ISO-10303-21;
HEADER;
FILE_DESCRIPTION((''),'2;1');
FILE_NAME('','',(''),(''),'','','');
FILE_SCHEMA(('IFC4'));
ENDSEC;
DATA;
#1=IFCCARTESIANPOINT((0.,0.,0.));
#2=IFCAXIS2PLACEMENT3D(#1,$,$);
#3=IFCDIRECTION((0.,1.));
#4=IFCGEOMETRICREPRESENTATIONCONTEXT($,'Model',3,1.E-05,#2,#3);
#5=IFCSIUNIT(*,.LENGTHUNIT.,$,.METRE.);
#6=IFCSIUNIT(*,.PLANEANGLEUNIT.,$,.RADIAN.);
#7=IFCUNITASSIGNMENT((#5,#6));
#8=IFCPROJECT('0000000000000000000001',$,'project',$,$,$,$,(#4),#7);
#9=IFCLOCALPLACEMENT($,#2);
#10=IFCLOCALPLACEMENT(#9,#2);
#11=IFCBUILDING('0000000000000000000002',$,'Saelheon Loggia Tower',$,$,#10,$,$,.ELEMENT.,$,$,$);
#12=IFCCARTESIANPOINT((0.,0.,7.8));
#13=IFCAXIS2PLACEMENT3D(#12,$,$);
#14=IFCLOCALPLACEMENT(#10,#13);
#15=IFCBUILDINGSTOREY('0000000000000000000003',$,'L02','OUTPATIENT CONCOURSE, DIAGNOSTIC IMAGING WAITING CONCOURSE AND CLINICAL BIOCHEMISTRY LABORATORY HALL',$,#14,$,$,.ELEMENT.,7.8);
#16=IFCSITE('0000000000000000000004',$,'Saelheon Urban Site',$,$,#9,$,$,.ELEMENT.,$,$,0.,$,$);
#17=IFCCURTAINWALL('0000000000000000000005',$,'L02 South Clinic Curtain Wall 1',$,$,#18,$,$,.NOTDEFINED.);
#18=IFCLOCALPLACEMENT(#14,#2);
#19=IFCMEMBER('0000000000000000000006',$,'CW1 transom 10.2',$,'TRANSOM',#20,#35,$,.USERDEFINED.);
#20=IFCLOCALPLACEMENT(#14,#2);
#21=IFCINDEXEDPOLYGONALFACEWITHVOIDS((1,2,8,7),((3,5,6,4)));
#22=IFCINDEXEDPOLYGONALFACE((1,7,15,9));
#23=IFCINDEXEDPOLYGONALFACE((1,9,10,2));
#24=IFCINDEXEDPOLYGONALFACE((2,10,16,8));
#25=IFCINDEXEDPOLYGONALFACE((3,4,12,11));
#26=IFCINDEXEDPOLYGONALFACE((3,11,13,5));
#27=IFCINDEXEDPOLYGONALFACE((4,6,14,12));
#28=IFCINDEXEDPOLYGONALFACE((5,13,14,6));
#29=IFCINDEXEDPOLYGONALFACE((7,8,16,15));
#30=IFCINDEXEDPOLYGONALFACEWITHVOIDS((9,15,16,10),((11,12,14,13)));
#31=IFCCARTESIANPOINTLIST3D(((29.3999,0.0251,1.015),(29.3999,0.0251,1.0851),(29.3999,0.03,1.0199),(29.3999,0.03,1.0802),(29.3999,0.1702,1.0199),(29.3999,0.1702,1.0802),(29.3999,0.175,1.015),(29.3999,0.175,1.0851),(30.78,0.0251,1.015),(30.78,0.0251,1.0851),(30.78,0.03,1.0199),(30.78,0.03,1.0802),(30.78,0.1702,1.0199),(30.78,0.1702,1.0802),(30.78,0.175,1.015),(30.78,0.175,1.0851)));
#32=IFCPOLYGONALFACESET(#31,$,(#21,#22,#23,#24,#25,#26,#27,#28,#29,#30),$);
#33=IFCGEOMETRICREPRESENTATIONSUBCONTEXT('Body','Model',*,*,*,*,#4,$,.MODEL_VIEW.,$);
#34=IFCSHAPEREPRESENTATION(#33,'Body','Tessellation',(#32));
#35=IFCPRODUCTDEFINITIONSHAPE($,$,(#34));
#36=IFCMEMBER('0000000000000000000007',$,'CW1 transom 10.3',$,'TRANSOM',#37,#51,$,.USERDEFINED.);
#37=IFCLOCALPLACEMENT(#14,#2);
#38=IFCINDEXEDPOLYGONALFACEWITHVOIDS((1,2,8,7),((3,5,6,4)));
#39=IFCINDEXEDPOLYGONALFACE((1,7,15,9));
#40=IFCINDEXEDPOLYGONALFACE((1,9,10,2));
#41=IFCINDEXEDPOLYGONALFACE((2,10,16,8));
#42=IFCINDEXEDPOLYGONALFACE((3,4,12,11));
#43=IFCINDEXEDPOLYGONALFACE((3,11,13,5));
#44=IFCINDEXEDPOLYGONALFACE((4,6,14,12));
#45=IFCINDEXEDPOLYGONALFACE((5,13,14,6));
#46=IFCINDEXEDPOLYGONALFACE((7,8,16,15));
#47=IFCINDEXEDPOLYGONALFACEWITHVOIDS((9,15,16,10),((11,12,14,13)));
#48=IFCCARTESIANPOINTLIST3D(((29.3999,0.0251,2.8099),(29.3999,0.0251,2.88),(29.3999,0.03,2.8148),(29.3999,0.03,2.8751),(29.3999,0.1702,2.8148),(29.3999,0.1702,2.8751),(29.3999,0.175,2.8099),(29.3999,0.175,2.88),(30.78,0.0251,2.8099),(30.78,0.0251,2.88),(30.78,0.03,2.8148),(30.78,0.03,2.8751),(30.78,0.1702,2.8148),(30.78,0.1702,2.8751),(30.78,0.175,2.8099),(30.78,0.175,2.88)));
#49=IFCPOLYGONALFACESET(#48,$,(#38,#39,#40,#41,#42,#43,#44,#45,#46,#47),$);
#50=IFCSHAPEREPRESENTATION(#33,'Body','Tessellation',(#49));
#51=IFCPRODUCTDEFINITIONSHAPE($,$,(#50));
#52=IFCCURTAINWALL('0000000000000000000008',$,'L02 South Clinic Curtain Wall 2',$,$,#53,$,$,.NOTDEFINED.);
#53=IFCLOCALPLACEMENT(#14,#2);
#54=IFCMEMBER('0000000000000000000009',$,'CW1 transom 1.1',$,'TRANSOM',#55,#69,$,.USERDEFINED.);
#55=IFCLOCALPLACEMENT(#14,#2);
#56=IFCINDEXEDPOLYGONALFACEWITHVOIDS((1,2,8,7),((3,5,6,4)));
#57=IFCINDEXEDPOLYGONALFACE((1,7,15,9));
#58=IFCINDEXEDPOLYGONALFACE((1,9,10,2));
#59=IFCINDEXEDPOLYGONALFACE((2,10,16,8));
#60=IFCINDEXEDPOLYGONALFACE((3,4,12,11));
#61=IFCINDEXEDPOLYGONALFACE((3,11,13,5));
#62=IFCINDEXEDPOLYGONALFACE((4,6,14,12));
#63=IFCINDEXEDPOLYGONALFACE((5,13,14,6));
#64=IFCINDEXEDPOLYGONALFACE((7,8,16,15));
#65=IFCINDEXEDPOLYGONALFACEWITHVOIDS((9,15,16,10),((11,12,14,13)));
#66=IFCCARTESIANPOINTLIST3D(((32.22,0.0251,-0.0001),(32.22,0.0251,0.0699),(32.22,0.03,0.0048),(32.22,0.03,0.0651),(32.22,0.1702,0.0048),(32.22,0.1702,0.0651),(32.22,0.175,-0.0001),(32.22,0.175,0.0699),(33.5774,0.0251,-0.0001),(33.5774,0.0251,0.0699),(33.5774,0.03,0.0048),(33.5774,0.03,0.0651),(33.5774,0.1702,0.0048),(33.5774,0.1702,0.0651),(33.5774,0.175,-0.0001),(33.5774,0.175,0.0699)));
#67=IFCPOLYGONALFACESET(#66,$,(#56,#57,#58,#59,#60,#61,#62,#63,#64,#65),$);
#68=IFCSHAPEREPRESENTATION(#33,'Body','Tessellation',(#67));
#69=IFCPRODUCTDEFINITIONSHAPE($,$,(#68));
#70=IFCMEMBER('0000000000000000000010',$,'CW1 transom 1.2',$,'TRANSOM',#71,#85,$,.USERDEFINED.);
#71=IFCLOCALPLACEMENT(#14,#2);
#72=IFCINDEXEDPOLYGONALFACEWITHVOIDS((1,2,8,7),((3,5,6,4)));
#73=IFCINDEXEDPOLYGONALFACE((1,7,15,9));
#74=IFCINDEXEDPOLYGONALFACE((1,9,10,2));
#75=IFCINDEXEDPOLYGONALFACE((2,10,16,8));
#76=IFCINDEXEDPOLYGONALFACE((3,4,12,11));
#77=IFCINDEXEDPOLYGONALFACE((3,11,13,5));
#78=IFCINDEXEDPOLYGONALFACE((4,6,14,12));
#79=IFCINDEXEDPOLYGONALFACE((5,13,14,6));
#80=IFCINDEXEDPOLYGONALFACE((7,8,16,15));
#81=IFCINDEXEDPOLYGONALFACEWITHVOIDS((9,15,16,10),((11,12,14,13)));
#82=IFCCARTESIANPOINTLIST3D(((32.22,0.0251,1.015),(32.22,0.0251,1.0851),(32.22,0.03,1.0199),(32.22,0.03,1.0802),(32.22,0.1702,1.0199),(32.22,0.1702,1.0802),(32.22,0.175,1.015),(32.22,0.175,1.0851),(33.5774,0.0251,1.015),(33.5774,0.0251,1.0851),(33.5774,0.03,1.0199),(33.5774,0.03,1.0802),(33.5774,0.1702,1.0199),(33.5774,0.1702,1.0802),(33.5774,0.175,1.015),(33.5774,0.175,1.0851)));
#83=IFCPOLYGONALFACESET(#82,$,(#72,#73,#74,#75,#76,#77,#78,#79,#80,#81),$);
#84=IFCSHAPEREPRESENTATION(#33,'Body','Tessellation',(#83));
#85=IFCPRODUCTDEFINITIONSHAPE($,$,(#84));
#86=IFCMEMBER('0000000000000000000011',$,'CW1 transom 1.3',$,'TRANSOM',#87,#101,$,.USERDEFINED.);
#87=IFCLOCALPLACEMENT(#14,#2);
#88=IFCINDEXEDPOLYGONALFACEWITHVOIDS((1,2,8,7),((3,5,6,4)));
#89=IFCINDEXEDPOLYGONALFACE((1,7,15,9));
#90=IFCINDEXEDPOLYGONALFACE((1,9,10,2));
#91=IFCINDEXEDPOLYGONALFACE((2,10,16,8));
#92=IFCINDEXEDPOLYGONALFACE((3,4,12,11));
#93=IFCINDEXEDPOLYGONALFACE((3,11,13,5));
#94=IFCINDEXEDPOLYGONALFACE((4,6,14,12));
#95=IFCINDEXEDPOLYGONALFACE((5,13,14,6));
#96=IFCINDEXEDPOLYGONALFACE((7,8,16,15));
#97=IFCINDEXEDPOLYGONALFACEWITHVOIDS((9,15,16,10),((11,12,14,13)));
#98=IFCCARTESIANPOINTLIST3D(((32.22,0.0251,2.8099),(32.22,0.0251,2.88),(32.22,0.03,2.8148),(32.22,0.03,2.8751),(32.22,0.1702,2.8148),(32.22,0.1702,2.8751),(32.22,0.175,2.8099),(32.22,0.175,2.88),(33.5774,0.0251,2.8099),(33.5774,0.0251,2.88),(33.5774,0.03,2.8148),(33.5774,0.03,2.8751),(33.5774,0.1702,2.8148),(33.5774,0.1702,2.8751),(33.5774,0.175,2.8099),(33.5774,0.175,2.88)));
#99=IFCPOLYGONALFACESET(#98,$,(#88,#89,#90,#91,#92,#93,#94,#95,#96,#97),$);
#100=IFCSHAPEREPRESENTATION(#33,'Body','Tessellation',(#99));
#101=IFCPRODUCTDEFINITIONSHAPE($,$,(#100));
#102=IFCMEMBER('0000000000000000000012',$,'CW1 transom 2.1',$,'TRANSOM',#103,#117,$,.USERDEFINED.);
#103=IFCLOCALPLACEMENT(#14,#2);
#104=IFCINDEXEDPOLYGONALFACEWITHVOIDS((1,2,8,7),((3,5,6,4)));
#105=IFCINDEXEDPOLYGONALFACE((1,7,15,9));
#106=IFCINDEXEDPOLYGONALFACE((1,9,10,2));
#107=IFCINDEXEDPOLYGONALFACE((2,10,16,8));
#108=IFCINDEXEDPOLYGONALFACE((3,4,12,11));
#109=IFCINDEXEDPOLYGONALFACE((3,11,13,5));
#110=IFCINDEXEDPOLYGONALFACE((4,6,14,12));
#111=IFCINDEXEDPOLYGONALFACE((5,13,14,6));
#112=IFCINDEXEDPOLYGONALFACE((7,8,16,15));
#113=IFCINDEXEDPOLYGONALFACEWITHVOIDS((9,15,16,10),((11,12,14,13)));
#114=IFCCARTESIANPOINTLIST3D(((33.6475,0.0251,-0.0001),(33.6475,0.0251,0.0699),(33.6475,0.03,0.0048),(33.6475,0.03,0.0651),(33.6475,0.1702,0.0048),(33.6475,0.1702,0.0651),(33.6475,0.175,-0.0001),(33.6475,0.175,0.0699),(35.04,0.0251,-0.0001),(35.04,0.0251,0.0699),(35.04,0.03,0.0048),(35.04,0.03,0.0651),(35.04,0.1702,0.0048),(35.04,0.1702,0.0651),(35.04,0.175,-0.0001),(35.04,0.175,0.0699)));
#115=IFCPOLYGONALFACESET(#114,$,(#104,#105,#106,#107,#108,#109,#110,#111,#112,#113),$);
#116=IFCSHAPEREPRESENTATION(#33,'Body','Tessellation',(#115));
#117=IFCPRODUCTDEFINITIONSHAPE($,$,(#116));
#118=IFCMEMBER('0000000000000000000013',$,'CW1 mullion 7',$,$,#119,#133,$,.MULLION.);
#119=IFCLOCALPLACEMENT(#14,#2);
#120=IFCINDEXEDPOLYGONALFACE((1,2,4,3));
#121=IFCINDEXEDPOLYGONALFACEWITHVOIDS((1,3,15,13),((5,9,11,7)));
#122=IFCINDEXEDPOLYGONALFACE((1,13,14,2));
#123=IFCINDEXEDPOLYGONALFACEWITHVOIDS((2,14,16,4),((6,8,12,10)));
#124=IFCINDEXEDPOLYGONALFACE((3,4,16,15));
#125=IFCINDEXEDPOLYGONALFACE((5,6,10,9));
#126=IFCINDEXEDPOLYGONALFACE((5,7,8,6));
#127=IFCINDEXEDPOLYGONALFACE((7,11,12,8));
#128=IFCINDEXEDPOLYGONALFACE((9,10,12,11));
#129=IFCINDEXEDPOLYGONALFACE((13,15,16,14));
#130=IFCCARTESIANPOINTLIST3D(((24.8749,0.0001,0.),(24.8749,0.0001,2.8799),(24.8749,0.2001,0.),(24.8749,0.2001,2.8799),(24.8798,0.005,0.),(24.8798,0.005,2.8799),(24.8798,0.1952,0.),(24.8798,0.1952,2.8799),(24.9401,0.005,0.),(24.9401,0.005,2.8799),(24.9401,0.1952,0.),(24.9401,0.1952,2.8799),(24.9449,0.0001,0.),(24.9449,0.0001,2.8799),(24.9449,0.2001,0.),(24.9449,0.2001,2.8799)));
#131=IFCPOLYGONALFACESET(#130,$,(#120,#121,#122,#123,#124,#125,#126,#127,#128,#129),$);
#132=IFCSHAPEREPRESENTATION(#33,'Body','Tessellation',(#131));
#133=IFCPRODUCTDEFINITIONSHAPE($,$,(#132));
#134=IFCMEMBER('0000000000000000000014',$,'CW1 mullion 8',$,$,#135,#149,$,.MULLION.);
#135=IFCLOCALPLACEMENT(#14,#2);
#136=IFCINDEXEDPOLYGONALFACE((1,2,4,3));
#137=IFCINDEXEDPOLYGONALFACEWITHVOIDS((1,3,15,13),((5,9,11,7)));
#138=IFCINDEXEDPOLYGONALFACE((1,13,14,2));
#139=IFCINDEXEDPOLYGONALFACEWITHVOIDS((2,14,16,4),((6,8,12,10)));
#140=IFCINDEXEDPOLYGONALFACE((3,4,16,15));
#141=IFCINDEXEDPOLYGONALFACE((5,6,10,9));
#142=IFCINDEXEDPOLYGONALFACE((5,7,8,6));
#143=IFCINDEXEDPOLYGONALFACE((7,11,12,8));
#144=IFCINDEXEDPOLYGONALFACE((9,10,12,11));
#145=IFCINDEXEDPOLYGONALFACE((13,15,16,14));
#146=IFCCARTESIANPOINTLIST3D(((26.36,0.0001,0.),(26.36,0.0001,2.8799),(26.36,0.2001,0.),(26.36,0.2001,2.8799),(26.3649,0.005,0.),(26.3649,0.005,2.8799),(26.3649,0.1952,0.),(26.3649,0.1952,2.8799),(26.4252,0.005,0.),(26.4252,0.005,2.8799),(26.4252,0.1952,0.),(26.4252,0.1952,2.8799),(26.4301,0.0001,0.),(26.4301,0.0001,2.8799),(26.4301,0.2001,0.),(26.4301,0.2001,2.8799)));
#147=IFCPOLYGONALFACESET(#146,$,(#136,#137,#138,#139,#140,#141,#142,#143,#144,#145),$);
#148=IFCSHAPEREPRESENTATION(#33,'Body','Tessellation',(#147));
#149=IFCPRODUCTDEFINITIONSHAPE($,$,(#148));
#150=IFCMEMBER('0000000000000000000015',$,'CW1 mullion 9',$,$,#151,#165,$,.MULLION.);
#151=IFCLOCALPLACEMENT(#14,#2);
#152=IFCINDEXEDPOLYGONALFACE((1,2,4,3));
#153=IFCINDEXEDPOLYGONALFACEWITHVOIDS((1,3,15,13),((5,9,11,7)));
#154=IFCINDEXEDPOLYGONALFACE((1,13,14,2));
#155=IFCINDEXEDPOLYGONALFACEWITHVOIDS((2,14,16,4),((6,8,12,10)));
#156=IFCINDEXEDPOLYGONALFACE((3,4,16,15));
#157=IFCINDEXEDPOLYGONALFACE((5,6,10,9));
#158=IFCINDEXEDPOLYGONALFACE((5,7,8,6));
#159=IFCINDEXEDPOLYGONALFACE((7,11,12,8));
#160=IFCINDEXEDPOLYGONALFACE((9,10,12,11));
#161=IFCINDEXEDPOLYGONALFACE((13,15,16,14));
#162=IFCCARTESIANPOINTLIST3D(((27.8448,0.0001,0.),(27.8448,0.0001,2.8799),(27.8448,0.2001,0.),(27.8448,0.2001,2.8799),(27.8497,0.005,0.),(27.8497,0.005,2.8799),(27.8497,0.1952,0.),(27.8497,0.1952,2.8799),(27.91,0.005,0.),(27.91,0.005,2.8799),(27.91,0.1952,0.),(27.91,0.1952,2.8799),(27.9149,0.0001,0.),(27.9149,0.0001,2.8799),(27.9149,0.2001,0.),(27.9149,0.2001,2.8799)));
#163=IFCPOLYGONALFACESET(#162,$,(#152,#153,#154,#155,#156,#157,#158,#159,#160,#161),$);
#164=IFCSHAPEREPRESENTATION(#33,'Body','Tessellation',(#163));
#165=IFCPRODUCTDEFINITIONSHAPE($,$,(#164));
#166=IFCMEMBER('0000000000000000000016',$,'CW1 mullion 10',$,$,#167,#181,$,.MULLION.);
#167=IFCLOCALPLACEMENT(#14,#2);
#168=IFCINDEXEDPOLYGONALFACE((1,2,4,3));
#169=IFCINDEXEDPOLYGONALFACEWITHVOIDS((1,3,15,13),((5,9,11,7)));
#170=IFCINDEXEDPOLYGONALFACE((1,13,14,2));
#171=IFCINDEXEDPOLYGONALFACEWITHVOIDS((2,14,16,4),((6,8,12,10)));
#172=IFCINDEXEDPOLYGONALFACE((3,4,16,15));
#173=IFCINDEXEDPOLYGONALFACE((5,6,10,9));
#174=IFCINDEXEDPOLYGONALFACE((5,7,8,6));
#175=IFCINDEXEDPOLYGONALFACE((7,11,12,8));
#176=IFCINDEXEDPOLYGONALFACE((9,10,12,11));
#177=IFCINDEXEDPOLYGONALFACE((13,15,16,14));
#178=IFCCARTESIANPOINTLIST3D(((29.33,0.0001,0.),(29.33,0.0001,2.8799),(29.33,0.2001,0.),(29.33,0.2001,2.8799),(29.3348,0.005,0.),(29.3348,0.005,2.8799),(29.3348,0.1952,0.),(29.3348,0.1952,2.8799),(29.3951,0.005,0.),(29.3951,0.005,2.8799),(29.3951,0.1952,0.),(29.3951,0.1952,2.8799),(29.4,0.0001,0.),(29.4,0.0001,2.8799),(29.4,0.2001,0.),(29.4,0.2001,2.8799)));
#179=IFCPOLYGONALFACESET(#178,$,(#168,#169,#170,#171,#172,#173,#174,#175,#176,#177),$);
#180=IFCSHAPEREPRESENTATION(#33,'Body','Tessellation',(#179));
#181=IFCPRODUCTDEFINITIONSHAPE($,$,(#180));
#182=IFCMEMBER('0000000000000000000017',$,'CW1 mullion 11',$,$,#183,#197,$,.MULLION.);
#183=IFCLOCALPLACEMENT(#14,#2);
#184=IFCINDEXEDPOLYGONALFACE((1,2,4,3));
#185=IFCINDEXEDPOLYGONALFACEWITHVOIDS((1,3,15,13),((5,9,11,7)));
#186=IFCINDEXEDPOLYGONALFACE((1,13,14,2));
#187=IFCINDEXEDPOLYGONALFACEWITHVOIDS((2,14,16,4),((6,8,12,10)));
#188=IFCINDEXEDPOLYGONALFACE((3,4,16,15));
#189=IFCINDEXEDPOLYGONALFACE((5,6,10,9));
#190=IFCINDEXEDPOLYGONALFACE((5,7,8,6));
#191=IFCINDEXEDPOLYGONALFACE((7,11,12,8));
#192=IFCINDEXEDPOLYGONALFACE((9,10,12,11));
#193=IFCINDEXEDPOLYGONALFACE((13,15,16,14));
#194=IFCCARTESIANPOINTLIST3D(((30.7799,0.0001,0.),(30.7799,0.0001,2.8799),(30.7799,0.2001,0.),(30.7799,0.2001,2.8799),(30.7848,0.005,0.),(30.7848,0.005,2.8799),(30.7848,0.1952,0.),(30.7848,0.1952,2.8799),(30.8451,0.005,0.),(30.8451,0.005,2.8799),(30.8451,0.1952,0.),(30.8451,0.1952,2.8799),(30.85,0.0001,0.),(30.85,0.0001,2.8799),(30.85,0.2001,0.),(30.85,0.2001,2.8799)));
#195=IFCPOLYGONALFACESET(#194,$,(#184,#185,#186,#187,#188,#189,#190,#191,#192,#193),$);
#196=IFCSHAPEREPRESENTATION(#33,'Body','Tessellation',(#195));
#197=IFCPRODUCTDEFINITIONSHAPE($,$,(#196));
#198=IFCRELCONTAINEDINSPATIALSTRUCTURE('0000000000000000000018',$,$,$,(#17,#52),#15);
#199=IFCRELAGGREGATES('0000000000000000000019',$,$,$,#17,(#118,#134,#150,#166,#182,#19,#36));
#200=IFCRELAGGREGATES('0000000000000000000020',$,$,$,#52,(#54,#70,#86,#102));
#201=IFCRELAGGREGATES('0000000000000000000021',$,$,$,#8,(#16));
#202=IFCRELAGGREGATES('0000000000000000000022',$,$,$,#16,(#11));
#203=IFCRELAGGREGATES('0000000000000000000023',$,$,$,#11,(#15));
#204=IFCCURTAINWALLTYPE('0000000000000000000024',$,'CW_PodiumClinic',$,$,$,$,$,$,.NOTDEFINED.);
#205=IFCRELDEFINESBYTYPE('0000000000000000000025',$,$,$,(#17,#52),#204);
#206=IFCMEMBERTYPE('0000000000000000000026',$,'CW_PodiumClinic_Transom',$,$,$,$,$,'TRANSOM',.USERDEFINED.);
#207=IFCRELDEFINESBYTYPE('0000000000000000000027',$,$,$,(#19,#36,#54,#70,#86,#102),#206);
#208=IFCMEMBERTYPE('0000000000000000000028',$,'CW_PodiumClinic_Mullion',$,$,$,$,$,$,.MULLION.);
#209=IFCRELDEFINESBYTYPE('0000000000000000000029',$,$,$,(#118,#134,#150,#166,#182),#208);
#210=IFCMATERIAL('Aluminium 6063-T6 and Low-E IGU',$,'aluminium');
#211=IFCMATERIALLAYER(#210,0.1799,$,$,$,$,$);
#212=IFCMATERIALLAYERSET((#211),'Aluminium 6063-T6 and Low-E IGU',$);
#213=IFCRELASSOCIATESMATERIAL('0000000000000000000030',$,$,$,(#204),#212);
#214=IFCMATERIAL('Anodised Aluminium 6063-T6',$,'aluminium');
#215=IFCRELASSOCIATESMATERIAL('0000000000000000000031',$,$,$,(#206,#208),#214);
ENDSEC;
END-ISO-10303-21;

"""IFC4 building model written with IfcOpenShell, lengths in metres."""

from ifc_helpers import new_model, si_unit, direction, frame, origin, origin_2d, place, context, subcontext, project, spatial, hollow_rectangle, extrude, source, transform, mapped, material, layer, layer_set, material_profile, profile_set, type_object, element, aggregate, save


model = new_model("IFC4")

# Units and contexts
model_context = context("Model", 3, precision=1e-05, world=origin(), true_north=direction((0.0, 1.0)))
body_context = subcontext(model_context, "Body", "Model", "MODEL_VIEW")
ifc_project = project(units=[si_unit("LENGTHUNIT", "METRE"), si_unit("PLANEANGLEUNIT", "RADIAN")], contexts=[model_context])

# Site, building, storey
site_placement = place(None, origin())
site = spatial("IfcSite", under=ifc_project, at=site_placement, Name="Saelheon Urban Site", CompositionType="ELEMENT", RefElevation=0.0)
building_placement = place(site_placement, origin())
building = spatial("IfcBuilding", under=site, at=building_placement, Name="Saelheon Loggia Tower", CompositionType="ELEMENT")
storey_placement = place(building_placement, frame((0.0, 0.0, 7.8)))
storey = spatial("IfcBuildingStorey", under=building, at=storey_placement, Name="L02", Description="OUTPATIENT CONCOURSE, DIAGNOSTIC IMAGING WAITING CONCOURSE AND CLINICAL BIOCHEMISTRY LABORATORY HALL", CompositionType="ELEMENT", Elevation=7.8)

# Curtain walls, members
ifc_material_1 = material(Name="Aluminium 6063-T6 and Low-E IGU", Category="aluminium")
ifc_layer_1 = layer(ifc_material_1, 0.1799)
ifc_layer_set_1 = layer_set([ifc_layer_1], Name="Aluminium 6063-T6 and Low-E IGU")
curtain_wall_type = type_object("IfcCurtainWallType", Name="CW_PodiumClinic", PredefinedType="NOTDEFINED", material=ifc_layer_set_1)
curtain_wall_1_placement = place(storey_placement, origin())
curtain_wall_1 = element("IfcCurtainWall", 1, at=curtain_wall_1_placement, inside=storey, type_object=curtain_wall_type, Name="L02 South Clinic Curtain Wall 1", PredefinedType="NOTDEFINED")
ifc_material_2 = material(Name="Anodised Aluminium 6063-T6", Category="aluminium")
ifc_material_profile_1 = material_profile(ifc_material_2, hollow_rectangle(XDim=0.0701, YDim=0.1499, WallThickness=0.0049, at=origin_2d()), Name="RHS-150x70x5")
ifc_profile_set_1 = profile_set([ifc_material_profile_1], Name="Anodised Aluminium 6063-T6")
member_type_1 = type_object("IfcMemberType", Name="CW_PodiumClinic_Transom", ElementType="TRANSOM", PredefinedType="USERDEFINED", material=ifc_profile_set_1)
shared_shape_1 = source(origin(), body_context, "Body", "SweptSolid", [
    extrude(hollow_rectangle(XDim=0.0701, YDim=0.1499, WallThickness=0.0049, at=origin_2d()), origin(), (0.0, 0.0, 1.0), 1.3801),
])
member_1_placement = place(storey_placement, frame((29.3999, 0.1001, 1.05), z_axis=(1.0, 0.0, 0.0), x_axis=(0.0, 0.0, 1.0)))
member_1 = element("IfcMember", 2, at=member_1_placement, type_object=member_type_1, Name="CW1 transom 10.2", ObjectType="TRANSOM", PredefinedType="USERDEFINED", context=body_context, shape_type="MappedRepresentation", body=[
    mapped(shared_shape_1, transform((0.0, 0.0, 0.0), scale=1.0)),
])
member_2_placement = place(storey_placement, frame((29.3999, 0.1001, 2.845), z_axis=(1.0, 0.0, 0.0), x_axis=(0.0, 0.0, 1.0)))
member_2 = element("IfcMember", 3, at=member_2_placement, type_object=member_type_1, Name="CW1 transom 10.3", ObjectType="TRANSOM", PredefinedType="USERDEFINED", context=body_context, shape_type="MappedRepresentation", body=[
    mapped(shared_shape_1, transform((0.0, 0.0, 0.0), scale=1.0)),
])
curtain_wall_2_placement = place(storey_placement, origin())
curtain_wall_2 = element("IfcCurtainWall", 4, at=curtain_wall_2_placement, inside=storey, type_object=curtain_wall_type, Name="L02 South Clinic Curtain Wall 2", PredefinedType="NOTDEFINED")
shared_shape_2 = source(origin(), body_context, "Body", "SweptSolid", [
    extrude(hollow_rectangle(XDim=0.0701, YDim=0.1499, WallThickness=0.0049, at=origin_2d()), origin(), (0.0, 0.0, 1.0), 1.3574),
])
member_3_placement = place(storey_placement, frame((32.22, 0.1001, 0.0349), z_axis=(1.0, 0.0, 0.0), x_axis=(0.0, 0.0, 1.0)))
member_3 = element("IfcMember", 5, at=member_3_placement, type_object=member_type_1, Name="CW1 transom 1.1", ObjectType="TRANSOM", PredefinedType="USERDEFINED", context=body_context, shape_type="MappedRepresentation", body=[
    mapped(shared_shape_2, transform((0.0, 0.0, 0.0), scale=1.0)),
])
member_4_placement = place(storey_placement, frame((32.22, 0.1001, 1.05), z_axis=(1.0, 0.0, 0.0), x_axis=(0.0, 0.0, 1.0)))
member_4 = element("IfcMember", 6, at=member_4_placement, type_object=member_type_1, Name="CW1 transom 1.2", ObjectType="TRANSOM", PredefinedType="USERDEFINED", context=body_context, shape_type="MappedRepresentation", body=[
    mapped(shared_shape_2, transform((0.0, 0.0, 0.0), scale=1.0)),
])
member_5_placement = place(storey_placement, frame((32.22, 0.1001, 2.845), z_axis=(1.0, 0.0, 0.0), x_axis=(0.0, 0.0, 1.0)))
member_5 = element("IfcMember", 7, at=member_5_placement, type_object=member_type_1, Name="CW1 transom 1.3", ObjectType="TRANSOM", PredefinedType="USERDEFINED", context=body_context, shape_type="MappedRepresentation", body=[
    mapped(shared_shape_2, transform((0.0, 0.0, 0.0), scale=1.0)),
])
shared_shape_3 = source(origin(), body_context, "Body", "SweptSolid", [
    extrude(hollow_rectangle(XDim=0.0701, YDim=0.1499, WallThickness=0.0049, at=origin_2d()), origin(), (0.0, 0.0, 1.0), 1.3926),
])
member_6_placement = place(storey_placement, frame((33.6475, 0.1001, 0.0349), z_axis=(1.0, 0.0, 0.0), x_axis=(0.0, 0.0, 1.0)))
member_6 = element("IfcMember", 8, at=member_6_placement, type_object=member_type_1, Name="CW1 transom 2.1", ObjectType="TRANSOM", PredefinedType="USERDEFINED", context=body_context, shape_type="MappedRepresentation", body=[
    mapped(shared_shape_3, transform((0.0, 0.0, 0.0), scale=1.0)),
])

# Members
ifc_material_profile_2 = material_profile(ifc_material_2, hollow_rectangle(XDim=0.0701, YDim=0.2, WallThickness=0.0049, at=origin_2d()), Name="RHS-200x70x5")
ifc_profile_set_2 = profile_set([ifc_material_profile_2], Name="Anodised Aluminium 6063-T6")
member_type_2 = type_object("IfcMemberType", Name="CW_PodiumClinic_Mullion", PredefinedType="MULLION", material=ifc_profile_set_2)
shared_shape_4 = source(origin(), body_context, "Body", "SweptSolid", [
    extrude(hollow_rectangle(XDim=0.0701, YDim=0.2, WallThickness=0.0049, at=origin_2d()), origin(), (0.0, 0.0, 1.0), 2.8799),
])
member_7_placement = place(storey_placement, frame((24.9099, 0.1001, 0.0), z_axis=(0.0, 0.0, 1.0), x_axis=(1.0, 0.0, 0.0)))
member_7 = element("IfcMember", 9, at=member_7_placement, type_object=member_type_2, Name="CW1 mullion 7", PredefinedType="MULLION", context=body_context, shape_type="MappedRepresentation", body=[
    mapped(shared_shape_4, transform((0.0, 0.0, 0.0), scale=1.0)),
])
member_8_placement = place(storey_placement, frame((26.395, 0.1001, 0.0), z_axis=(0.0, 0.0, 1.0), x_axis=(1.0, 0.0, 0.0)))
member_8 = element("IfcMember", 10, at=member_8_placement, type_object=member_type_2, Name="CW1 mullion 8", PredefinedType="MULLION", context=body_context, shape_type="MappedRepresentation", body=[
    mapped(shared_shape_4, transform((0.0, 0.0, 0.0), scale=1.0)),
])
member_9_placement = place(storey_placement, frame((27.8799, 0.1001, 0.0), z_axis=(0.0, 0.0, 1.0), x_axis=(1.0, 0.0, 0.0)))
member_9 = element("IfcMember", 11, at=member_9_placement, type_object=member_type_2, Name="CW1 mullion 9", PredefinedType="MULLION", context=body_context, shape_type="MappedRepresentation", body=[
    mapped(shared_shape_4, transform((0.0, 0.0, 0.0), scale=1.0)),
])
member_10_placement = place(storey_placement, frame((29.365, 0.1001, 0.0), z_axis=(0.0, 0.0, 1.0), x_axis=(1.0, 0.0, 0.0)))
member_10 = element("IfcMember", 12, at=member_10_placement, type_object=member_type_2, Name="CW1 mullion 10", PredefinedType="MULLION", context=body_context, shape_type="MappedRepresentation", body=[
    mapped(shared_shape_4, transform((0.0, 0.0, 0.0), scale=1.0)),
])
member_11_placement = place(storey_placement, frame((30.8149, 0.1001, 0.0), z_axis=(0.0, 0.0, 1.0), x_axis=(1.0, 0.0, 0.0)))
member_11 = element("IfcMember", 13, at=member_11_placement, type_object=member_type_2, Name="CW1 mullion 11", PredefinedType="MULLION", context=body_context, shape_type="MappedRepresentation", body=[
    mapped(shared_shape_4, transform((0.0, 0.0, 0.0), scale=1.0)),
])

aggregate(curtain_wall_1, [member_7, member_8, member_9, member_10, member_11, member_1, member_2])
aggregate(curtain_wall_2, [member_3, member_4, member_5, member_6])

save(model, "model.ifc")
